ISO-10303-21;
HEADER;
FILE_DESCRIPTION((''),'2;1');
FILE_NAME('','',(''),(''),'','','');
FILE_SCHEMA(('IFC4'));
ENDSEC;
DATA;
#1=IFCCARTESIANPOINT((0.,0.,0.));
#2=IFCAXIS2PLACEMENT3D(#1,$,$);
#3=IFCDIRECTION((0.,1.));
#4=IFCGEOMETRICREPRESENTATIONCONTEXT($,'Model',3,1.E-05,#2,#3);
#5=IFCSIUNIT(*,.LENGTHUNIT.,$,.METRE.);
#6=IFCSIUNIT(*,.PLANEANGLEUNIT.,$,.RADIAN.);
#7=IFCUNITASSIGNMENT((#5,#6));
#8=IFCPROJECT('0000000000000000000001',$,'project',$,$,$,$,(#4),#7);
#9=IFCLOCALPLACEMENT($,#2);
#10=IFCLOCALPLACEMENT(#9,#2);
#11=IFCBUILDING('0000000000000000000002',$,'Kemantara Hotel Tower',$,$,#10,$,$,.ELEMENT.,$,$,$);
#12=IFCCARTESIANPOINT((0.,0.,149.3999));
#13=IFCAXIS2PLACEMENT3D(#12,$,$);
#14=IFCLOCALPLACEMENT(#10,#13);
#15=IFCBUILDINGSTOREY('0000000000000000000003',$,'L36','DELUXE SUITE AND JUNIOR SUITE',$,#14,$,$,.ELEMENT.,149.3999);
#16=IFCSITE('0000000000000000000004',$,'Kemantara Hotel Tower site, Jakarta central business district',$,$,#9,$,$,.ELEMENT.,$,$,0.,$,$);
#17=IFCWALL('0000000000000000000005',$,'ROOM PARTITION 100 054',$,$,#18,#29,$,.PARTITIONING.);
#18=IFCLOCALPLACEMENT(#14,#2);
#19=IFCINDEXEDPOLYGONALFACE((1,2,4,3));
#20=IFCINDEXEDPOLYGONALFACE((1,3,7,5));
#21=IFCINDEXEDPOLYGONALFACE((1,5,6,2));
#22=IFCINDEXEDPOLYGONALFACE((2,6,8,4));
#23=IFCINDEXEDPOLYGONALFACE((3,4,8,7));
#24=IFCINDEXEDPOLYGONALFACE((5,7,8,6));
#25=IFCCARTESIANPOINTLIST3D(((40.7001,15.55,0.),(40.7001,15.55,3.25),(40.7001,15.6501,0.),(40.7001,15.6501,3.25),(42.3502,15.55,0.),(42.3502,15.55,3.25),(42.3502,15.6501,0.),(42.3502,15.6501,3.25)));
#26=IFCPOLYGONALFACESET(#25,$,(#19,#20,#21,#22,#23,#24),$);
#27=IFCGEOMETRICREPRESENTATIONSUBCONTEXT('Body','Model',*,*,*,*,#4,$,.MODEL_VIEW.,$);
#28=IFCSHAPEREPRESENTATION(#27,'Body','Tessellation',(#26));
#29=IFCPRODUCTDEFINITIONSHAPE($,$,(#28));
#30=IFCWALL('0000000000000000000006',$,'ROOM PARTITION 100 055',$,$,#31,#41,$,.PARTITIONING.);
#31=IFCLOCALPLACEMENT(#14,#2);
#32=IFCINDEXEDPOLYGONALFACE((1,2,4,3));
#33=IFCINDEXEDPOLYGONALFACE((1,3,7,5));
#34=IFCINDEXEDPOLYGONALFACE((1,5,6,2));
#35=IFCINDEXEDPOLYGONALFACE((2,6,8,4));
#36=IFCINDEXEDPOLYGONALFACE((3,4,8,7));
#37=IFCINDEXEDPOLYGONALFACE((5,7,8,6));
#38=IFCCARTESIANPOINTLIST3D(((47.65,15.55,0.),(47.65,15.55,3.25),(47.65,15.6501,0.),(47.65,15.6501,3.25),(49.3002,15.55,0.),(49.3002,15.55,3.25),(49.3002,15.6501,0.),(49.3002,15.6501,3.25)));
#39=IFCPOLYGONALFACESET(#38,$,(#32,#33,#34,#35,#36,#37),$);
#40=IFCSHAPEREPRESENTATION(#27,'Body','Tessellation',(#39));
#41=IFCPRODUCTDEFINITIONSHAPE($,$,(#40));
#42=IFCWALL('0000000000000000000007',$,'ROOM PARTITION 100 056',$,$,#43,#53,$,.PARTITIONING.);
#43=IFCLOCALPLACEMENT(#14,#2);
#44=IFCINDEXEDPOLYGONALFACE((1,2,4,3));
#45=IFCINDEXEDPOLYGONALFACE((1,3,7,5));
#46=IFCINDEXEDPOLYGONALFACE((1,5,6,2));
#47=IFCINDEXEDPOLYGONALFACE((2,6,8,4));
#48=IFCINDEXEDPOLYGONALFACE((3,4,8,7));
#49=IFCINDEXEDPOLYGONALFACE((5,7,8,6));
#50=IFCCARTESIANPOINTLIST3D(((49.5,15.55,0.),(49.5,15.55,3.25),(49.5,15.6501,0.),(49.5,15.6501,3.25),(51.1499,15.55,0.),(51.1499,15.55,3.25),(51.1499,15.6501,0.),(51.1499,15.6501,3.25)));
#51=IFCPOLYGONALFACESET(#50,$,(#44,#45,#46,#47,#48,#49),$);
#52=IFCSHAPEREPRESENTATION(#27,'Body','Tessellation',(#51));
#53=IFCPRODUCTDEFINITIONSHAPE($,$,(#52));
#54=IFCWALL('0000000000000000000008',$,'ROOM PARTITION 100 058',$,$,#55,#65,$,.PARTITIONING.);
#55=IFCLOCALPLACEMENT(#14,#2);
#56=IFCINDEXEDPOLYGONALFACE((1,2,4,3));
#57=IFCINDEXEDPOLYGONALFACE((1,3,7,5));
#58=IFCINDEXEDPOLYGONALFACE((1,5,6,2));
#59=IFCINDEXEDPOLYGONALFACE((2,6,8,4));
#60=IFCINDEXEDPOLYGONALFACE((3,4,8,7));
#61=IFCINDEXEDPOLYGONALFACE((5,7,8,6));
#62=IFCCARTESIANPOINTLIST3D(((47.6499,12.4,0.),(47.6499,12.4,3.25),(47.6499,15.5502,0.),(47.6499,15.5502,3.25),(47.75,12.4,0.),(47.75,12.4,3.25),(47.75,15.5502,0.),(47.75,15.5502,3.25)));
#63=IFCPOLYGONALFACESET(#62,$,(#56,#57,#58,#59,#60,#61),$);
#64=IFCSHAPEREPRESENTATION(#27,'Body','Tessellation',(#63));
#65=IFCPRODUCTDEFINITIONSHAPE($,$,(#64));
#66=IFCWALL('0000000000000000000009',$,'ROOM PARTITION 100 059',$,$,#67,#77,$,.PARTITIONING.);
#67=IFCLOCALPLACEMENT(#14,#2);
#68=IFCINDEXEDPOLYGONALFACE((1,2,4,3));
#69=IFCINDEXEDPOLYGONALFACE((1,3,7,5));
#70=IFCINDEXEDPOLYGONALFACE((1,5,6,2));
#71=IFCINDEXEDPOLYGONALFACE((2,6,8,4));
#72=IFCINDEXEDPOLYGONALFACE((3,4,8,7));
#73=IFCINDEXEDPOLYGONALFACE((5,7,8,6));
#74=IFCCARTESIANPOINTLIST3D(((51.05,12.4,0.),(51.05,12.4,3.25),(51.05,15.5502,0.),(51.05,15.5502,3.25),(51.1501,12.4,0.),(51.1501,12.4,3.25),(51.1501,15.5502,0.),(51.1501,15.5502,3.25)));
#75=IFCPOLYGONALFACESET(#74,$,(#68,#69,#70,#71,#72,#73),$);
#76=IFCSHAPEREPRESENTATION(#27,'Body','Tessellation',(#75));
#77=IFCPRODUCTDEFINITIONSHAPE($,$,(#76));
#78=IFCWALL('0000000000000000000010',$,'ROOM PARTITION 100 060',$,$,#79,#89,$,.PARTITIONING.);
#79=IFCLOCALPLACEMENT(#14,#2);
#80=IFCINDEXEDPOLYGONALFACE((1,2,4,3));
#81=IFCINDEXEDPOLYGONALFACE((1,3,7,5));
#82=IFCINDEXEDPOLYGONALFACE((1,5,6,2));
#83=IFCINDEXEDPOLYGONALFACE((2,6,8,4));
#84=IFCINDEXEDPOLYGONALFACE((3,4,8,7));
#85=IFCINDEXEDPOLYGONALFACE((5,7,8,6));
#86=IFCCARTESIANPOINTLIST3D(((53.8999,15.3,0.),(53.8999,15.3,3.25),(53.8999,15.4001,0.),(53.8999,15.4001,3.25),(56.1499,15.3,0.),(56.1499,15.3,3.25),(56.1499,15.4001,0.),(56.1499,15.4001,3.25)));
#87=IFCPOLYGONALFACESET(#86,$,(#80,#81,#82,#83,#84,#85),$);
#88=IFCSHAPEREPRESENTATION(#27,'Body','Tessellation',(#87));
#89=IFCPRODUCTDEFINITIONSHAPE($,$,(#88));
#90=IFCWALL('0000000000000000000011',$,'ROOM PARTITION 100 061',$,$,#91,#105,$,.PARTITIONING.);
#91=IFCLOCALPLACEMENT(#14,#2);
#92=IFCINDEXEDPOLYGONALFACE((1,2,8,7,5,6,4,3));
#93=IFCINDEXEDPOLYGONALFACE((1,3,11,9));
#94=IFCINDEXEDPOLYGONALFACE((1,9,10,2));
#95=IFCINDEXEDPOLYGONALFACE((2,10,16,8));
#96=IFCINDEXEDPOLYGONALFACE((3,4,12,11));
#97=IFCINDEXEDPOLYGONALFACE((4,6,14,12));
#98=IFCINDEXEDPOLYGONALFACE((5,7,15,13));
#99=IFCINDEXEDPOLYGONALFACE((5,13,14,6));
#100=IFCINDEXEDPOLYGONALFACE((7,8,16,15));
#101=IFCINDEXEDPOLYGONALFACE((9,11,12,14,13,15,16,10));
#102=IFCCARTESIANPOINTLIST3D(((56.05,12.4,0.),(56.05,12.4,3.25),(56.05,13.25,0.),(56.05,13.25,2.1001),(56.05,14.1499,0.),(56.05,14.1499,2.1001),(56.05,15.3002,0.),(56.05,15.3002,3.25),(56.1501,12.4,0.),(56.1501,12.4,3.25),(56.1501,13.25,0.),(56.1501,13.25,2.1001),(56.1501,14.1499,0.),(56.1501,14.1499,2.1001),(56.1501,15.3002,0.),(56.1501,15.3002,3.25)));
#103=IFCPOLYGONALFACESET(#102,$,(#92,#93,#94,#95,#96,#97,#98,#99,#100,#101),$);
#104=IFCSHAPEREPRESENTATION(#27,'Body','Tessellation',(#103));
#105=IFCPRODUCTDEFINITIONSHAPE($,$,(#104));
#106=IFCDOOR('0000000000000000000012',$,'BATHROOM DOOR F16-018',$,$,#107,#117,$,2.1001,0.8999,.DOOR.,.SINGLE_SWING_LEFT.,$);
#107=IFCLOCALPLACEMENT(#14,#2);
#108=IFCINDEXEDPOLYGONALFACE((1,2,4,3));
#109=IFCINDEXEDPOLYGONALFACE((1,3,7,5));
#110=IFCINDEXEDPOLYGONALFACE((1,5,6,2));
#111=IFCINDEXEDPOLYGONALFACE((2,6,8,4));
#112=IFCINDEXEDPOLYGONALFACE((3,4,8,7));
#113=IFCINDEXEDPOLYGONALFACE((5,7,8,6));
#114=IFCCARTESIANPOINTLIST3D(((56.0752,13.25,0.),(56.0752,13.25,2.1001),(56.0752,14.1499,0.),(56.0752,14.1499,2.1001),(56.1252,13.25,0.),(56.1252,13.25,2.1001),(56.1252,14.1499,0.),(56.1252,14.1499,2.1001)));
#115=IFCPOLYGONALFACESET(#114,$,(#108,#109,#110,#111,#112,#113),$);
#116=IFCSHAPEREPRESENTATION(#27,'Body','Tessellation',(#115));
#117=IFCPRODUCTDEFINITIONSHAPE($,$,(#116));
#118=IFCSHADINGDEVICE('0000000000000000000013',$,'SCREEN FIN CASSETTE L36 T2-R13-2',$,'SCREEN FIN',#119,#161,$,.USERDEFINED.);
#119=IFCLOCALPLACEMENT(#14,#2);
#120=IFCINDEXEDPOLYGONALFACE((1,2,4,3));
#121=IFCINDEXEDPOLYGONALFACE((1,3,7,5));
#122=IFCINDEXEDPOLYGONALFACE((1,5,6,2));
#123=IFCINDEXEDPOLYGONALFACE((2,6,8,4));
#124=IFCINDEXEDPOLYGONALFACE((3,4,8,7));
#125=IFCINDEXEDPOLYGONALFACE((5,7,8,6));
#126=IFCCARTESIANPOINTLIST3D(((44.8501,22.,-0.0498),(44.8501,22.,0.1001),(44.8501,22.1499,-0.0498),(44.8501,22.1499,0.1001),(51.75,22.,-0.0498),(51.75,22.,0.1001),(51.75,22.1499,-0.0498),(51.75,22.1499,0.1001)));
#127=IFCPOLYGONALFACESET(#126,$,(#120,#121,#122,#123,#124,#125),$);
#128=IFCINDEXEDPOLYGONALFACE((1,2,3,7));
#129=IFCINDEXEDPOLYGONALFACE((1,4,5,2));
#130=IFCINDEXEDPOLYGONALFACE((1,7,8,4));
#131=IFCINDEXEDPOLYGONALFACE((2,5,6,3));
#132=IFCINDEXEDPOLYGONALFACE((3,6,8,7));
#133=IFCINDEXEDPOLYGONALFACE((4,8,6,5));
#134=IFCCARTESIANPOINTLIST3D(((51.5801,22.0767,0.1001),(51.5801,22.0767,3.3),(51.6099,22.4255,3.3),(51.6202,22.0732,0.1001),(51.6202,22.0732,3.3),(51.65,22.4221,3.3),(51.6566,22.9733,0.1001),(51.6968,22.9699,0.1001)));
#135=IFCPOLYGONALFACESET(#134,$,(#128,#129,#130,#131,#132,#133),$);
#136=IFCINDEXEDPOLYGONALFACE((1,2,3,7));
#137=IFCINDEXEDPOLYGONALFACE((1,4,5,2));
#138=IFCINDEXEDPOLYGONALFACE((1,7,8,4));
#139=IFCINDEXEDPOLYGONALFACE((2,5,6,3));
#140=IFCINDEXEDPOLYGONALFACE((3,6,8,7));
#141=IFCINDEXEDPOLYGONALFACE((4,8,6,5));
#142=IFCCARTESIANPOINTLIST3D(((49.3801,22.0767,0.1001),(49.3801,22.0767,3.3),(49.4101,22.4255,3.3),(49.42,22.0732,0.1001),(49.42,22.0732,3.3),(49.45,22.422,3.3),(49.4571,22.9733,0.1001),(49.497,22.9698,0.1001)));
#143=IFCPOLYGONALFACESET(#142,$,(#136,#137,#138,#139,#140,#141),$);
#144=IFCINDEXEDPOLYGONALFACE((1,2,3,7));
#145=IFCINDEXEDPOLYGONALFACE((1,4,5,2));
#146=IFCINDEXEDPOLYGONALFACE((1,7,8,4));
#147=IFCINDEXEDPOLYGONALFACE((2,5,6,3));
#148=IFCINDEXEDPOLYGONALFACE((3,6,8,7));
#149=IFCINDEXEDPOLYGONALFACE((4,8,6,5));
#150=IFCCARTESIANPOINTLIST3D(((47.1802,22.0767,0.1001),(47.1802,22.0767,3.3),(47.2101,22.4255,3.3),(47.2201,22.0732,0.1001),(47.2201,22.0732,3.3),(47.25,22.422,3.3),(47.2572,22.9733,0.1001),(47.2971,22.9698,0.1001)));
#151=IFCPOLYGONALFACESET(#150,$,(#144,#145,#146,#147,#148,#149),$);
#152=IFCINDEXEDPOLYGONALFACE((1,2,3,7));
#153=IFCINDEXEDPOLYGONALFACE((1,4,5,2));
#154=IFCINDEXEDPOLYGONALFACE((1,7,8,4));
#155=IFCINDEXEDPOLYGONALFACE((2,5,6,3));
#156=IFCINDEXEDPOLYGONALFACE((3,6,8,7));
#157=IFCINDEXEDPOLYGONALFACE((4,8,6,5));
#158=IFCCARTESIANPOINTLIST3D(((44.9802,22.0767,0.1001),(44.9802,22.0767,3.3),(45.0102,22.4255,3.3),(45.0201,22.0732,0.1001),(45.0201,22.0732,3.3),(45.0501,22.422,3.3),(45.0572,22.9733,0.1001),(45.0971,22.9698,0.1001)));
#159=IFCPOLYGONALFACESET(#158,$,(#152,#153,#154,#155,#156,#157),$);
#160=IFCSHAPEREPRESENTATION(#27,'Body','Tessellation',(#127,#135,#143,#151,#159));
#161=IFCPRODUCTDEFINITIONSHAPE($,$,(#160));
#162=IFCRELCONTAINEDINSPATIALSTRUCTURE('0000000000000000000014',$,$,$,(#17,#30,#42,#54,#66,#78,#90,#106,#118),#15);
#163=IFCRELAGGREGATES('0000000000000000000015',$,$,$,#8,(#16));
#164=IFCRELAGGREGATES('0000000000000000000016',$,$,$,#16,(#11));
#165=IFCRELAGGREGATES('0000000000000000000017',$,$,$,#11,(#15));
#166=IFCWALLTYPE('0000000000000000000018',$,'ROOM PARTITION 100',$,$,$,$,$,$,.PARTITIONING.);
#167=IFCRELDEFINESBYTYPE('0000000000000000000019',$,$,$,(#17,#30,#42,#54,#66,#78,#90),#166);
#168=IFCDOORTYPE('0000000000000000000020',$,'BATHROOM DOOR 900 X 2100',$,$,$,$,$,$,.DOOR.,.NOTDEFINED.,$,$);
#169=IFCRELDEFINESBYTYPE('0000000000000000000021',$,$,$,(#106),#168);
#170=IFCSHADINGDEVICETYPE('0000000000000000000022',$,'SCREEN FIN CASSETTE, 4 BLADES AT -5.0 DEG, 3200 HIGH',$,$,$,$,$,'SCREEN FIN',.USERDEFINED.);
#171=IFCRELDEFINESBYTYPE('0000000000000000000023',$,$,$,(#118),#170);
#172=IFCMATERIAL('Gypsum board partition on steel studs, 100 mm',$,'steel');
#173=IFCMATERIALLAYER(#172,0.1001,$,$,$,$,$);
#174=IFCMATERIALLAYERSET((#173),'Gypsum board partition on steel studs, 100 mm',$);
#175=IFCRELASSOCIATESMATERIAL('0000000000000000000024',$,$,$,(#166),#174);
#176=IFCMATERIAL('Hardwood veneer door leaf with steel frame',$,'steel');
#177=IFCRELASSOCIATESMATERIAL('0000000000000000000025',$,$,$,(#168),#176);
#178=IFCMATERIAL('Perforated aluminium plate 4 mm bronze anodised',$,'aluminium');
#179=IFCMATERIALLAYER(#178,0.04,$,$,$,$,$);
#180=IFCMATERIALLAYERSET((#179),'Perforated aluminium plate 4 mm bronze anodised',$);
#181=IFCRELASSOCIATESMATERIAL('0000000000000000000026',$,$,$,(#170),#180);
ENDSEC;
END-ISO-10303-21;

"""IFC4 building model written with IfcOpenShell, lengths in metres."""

from ifc_helpers import new_model, si_unit, direction, frame, frame_2d, origin, origin_2d, place, context, subcontext, project, spatial, polyline, rectangle, outline, extrude, source, transform, mapped, material, layer, layer_set, type_object, element, fill, save


model = new_model("IFC4")

# Units and contexts
model_context = context("Model", 3, precision=1e-05, world=origin(), true_north=direction((0.0, 1.0)))
body_context = subcontext(model_context, "Body", "Model", "MODEL_VIEW")
ifc_project = project(units=[si_unit("LENGTHUNIT", "METRE"), si_unit("PLANEANGLEUNIT", "RADIAN")], contexts=[model_context])

# Site, building, storey
site_placement = place(None, origin())
site = spatial("IfcSite", under=ifc_project, at=site_placement, Name="Kemantara Hotel Tower site, Jakarta central business district", CompositionType="ELEMENT", RefElevation=0.0)
building_placement = place(site_placement, origin())
building = spatial("IfcBuilding", under=site, at=building_placement, Name="Kemantara Hotel Tower", CompositionType="ELEMENT")
storey_placement = place(building_placement, frame((0.0, 0.0, 149.3999)))
storey = spatial("IfcBuildingStorey", under=building, at=storey_placement, Name="L36", Description="DELUXE SUITE AND JUNIOR SUITE", CompositionType="ELEMENT", Elevation=149.3999)

# Walls
ifc_material_1 = material(Name="Gypsum board partition on steel studs, 100 mm", Category="steel")
ifc_layer_1 = layer(ifc_material_1, 0.1001)
ifc_layer_set_1 = layer_set([ifc_layer_1], Name="Gypsum board partition on steel studs, 100 mm")
wall_type_1 = type_object("IfcWallType", Name="ROOM PARTITION 100", PredefinedType="PARTITIONING", material=ifc_layer_set_1)
for number, where, z_axis, x_axis, name in (
    (1, (40.7, 15.6001, 0.0), (0.0, 0.0, 1.0), (1.0, 0.0, 0.0), "ROOM PARTITION 100 054"),
    (2, (47.6499, 15.6001, 0.0), (0.0, 0.0, 1.0), (1.0, 0.0, 0.0), "ROOM PARTITION 100 055"),
):
    element("IfcWall", number, at=place(storey_placement, frame(where, z_axis=z_axis, x_axis=x_axis)), inside=storey, type_object=wall_type_1, Name=name, PredefinedType="PARTITIONING", context=body_context, shape_type="SweptSolid", body=[
        extrude(rectangle(XDim=1.6501, YDim=0.1001, at=frame_2d((0.8252, 0.0))), origin(), (0.0, 0.0, 1.0), 3.25),
    ])
wall_1_placement = place(storey_placement, frame((49.5, 15.6001, 0.0), z_axis=(0.0, 0.0, 1.0), x_axis=(1.0, 0.0, 0.0)))
element("IfcWall", 3, at=wall_1_placement, inside=storey, type_object=wall_type_1, Name="ROOM PARTITION 100 056", PredefinedType="PARTITIONING", context=body_context, shape_type="SweptSolid", body=[
    extrude(rectangle(XDim=1.6499, YDim=0.1001, at=frame_2d((0.825, 0.0))), origin(), (0.0, 0.0, 1.0), 3.25),
])
for number, where, z_axis, x_axis, name in (
    (4, (47.7, 12.3999, 0.0), (0.0, 0.0, 1.0), (0.0, 1.0, 0.0), "ROOM PARTITION 100 058"),
    (5, (51.1001, 12.3999, 0.0), (0.0, 0.0, 1.0), (0.0, 1.0, 0.0), "ROOM PARTITION 100 059"),
):
    element("IfcWall", number, at=place(storey_placement, frame(where, z_axis=z_axis, x_axis=x_axis)), inside=storey, type_object=wall_type_1, Name=name, PredefinedType="PARTITIONING", context=body_context, shape_type="SweptSolid", body=[
        extrude(rectangle(XDim=3.1501, YDim=0.1001, at=frame_2d((1.5752, 0.0))), origin(), (0.0, 0.0, 1.0), 3.25),
    ])
wall_2_placement = place(storey_placement, frame((53.8999, 15.3501, 0.0), z_axis=(0.0, 0.0, 1.0), x_axis=(1.0, 0.0, 0.0)))
element("IfcWall", 6, at=wall_2_placement, inside=storey, type_object=wall_type_1, Name="ROOM PARTITION 100 060", PredefinedType="PARTITIONING", context=body_context, shape_type="SweptSolid", body=[
    extrude(rectangle(XDim=2.25, YDim=0.1001, at=frame_2d((1.125, 0.0))), origin(), (0.0, 0.0, 1.0), 3.25),
])

# Wall, opening, door
wall_3_placement = place(storey_placement, frame((56.1001, 12.3999, 0.0), z_axis=(0.0, 0.0, 1.0), x_axis=(0.0, 1.0, 0.0)))
wall_3 = element("IfcWall", 7, at=wall_3_placement, inside=storey, type_object=wall_type_1, Name="ROOM PARTITION 100 061", PredefinedType="PARTITIONING", context=body_context, shape_type="SweptSolid", body=[
    extrude(rectangle(XDim=2.9001, YDim=0.1001, at=frame_2d((1.4502, 0.0))), origin(), (0.0, 0.0, 1.0), 3.25),
])
opening_placement = place(wall_3_placement, frame((0.8501, 0.0, 0.0)))
opening = element("IfcOpeningElement", 8, at=opening_placement, cuts=wall_3, PredefinedType="OPENING", context=body_context, shape_type="SweptSolid", body=[
    extrude(rectangle(XDim=0.8999, YDim=2.1001, at=frame_2d((0.45, 1.05))), frame((0.0, 0.0601, 0.0), z_axis=(0.0, -1.0, 0.0), x_axis=(1.0, 0.0, 0.0)), (0.0, 0.0, 1.0), 0.1201),
])
ifc_material_2 = material(Name="Hardwood veneer door leaf with steel frame", Category="steel")
door_type = type_object("IfcDoorType", Name="BATHROOM DOOR 900 X 2100", OperationType="NOTDEFINED", PredefinedType="DOOR", material=ifc_material_2)
door_placement = place(opening_placement, origin())
door = element("IfcDoor", 9, at=door_placement, inside=storey, type_object=door_type, Name="BATHROOM DOOR F16-018", OperationType="SINGLE_SWING_LEFT", OverallHeight=2.1001, OverallWidth=0.8999, PredefinedType="DOOR", context=body_context, shape_type="SweptSolid", body=[
    extrude(rectangle(XDim=0.8999, YDim=2.1001, at=frame_2d((0.45, 1.05))), frame((0.0, 0.0249, 0.0), z_axis=(0.0, -1.0, 0.0), x_axis=(1.0, 0.0, 0.0)), (0.0, 0.0, 1.0), 0.05),
])
fill(opening, door)

# Shading device
ifc_material_3 = material(Name="Perforated aluminium plate 4 mm bronze anodised", Category="aluminium")
ifc_layer_2 = layer(ifc_material_3, 0.04)
ifc_layer_set_2 = layer_set([ifc_layer_2], Name="Perforated aluminium plate 4 mm bronze anodised")
shading_device_type_1 = type_object("IfcShadingDeviceType", Name="SCREEN FIN CASSETTE, 4 BLADES AT -5.0 DEG, 3200 HIGH", ElementType="SCREEN FIN", PredefinedType="USERDEFINED", material=ifc_layer_set_2)
shared_shape_1 = source(origin(), body_context, "Body", "SweptSolid", [
    extrude(rectangle(XDim=6.8999, YDim=0.1499, at=origin_2d()), frame((3.3, -0.075, -0.1499), z_axis=(0.0, 0.0, 1.0), x_axis=(1.0, 0.0, 0.0)), (0.0, 0.0, 1.0), 0.1499),
    extrude(outline(polyline([(0.0, 0.0), (0.8999, 0.0), (0.3501, 3.2), (0.0, 3.2), (0.0, 0.0)])), frame((0.02, -0.0767, 0.0), z_axis=(-0.996376, 0.085056, 0.0), x_axis=(-0.085056, -0.996376, 0.0)), (0.0, 0.0, 1.0), 0.0403),
    extrude(outline(polyline([(0.0, 0.0), (0.8999, 0.0), (0.3501, 3.2), (0.0, 3.2), (0.0, 0.0)])), frame((2.22, -0.0767, 0.0), z_axis=(-0.996332, 0.085575, 0.0), x_axis=(-0.085575, -0.996332, 0.0)), (0.0, 0.0, 1.0), 0.04),
    extrude(outline(polyline([(0.0, 0.0), (0.8999, 0.0), (0.3501, 3.2), (0.0, 3.2), (0.0, 0.0)])), frame((4.4199, -0.0767, 0.0), z_axis=(-0.996332, 0.085575, 0.0), x_axis=(-0.085575, -0.996332, 0.0)), (0.0, 0.0, 1.0), 0.04),
    extrude(outline(polyline([(0.0, 0.0), (0.8999, 0.0), (0.3501, 3.2), (0.0, 3.2), (0.0, 0.0)])), frame((6.6199, -0.0767, 0.0), z_axis=(-0.996332, 0.085575, 0.0), x_axis=(-0.085575, -0.996332, 0.0)), (0.0, 0.0, 1.0), 0.04),
])
shading_device_1_placement = place(storey_placement, frame((51.6001, 22.0, 0.1001), z_axis=(0.0, 0.0, 1.0), x_axis=(-1.0, 0.0, 0.0)))
element("IfcShadingDevice", 10, at=shading_device_1_placement, inside=storey, type_object=shading_device_type_1, Name="SCREEN FIN CASSETTE L36 T2-R13-2", ObjectType="SCREEN FIN", PredefinedType="USERDEFINED", context=body_context, shape_type="MappedRepresentation", body=[
    mapped(shared_shape_1, transform((0.0, 0.0, 0.0))),
])

save(model, "model.ifc")
